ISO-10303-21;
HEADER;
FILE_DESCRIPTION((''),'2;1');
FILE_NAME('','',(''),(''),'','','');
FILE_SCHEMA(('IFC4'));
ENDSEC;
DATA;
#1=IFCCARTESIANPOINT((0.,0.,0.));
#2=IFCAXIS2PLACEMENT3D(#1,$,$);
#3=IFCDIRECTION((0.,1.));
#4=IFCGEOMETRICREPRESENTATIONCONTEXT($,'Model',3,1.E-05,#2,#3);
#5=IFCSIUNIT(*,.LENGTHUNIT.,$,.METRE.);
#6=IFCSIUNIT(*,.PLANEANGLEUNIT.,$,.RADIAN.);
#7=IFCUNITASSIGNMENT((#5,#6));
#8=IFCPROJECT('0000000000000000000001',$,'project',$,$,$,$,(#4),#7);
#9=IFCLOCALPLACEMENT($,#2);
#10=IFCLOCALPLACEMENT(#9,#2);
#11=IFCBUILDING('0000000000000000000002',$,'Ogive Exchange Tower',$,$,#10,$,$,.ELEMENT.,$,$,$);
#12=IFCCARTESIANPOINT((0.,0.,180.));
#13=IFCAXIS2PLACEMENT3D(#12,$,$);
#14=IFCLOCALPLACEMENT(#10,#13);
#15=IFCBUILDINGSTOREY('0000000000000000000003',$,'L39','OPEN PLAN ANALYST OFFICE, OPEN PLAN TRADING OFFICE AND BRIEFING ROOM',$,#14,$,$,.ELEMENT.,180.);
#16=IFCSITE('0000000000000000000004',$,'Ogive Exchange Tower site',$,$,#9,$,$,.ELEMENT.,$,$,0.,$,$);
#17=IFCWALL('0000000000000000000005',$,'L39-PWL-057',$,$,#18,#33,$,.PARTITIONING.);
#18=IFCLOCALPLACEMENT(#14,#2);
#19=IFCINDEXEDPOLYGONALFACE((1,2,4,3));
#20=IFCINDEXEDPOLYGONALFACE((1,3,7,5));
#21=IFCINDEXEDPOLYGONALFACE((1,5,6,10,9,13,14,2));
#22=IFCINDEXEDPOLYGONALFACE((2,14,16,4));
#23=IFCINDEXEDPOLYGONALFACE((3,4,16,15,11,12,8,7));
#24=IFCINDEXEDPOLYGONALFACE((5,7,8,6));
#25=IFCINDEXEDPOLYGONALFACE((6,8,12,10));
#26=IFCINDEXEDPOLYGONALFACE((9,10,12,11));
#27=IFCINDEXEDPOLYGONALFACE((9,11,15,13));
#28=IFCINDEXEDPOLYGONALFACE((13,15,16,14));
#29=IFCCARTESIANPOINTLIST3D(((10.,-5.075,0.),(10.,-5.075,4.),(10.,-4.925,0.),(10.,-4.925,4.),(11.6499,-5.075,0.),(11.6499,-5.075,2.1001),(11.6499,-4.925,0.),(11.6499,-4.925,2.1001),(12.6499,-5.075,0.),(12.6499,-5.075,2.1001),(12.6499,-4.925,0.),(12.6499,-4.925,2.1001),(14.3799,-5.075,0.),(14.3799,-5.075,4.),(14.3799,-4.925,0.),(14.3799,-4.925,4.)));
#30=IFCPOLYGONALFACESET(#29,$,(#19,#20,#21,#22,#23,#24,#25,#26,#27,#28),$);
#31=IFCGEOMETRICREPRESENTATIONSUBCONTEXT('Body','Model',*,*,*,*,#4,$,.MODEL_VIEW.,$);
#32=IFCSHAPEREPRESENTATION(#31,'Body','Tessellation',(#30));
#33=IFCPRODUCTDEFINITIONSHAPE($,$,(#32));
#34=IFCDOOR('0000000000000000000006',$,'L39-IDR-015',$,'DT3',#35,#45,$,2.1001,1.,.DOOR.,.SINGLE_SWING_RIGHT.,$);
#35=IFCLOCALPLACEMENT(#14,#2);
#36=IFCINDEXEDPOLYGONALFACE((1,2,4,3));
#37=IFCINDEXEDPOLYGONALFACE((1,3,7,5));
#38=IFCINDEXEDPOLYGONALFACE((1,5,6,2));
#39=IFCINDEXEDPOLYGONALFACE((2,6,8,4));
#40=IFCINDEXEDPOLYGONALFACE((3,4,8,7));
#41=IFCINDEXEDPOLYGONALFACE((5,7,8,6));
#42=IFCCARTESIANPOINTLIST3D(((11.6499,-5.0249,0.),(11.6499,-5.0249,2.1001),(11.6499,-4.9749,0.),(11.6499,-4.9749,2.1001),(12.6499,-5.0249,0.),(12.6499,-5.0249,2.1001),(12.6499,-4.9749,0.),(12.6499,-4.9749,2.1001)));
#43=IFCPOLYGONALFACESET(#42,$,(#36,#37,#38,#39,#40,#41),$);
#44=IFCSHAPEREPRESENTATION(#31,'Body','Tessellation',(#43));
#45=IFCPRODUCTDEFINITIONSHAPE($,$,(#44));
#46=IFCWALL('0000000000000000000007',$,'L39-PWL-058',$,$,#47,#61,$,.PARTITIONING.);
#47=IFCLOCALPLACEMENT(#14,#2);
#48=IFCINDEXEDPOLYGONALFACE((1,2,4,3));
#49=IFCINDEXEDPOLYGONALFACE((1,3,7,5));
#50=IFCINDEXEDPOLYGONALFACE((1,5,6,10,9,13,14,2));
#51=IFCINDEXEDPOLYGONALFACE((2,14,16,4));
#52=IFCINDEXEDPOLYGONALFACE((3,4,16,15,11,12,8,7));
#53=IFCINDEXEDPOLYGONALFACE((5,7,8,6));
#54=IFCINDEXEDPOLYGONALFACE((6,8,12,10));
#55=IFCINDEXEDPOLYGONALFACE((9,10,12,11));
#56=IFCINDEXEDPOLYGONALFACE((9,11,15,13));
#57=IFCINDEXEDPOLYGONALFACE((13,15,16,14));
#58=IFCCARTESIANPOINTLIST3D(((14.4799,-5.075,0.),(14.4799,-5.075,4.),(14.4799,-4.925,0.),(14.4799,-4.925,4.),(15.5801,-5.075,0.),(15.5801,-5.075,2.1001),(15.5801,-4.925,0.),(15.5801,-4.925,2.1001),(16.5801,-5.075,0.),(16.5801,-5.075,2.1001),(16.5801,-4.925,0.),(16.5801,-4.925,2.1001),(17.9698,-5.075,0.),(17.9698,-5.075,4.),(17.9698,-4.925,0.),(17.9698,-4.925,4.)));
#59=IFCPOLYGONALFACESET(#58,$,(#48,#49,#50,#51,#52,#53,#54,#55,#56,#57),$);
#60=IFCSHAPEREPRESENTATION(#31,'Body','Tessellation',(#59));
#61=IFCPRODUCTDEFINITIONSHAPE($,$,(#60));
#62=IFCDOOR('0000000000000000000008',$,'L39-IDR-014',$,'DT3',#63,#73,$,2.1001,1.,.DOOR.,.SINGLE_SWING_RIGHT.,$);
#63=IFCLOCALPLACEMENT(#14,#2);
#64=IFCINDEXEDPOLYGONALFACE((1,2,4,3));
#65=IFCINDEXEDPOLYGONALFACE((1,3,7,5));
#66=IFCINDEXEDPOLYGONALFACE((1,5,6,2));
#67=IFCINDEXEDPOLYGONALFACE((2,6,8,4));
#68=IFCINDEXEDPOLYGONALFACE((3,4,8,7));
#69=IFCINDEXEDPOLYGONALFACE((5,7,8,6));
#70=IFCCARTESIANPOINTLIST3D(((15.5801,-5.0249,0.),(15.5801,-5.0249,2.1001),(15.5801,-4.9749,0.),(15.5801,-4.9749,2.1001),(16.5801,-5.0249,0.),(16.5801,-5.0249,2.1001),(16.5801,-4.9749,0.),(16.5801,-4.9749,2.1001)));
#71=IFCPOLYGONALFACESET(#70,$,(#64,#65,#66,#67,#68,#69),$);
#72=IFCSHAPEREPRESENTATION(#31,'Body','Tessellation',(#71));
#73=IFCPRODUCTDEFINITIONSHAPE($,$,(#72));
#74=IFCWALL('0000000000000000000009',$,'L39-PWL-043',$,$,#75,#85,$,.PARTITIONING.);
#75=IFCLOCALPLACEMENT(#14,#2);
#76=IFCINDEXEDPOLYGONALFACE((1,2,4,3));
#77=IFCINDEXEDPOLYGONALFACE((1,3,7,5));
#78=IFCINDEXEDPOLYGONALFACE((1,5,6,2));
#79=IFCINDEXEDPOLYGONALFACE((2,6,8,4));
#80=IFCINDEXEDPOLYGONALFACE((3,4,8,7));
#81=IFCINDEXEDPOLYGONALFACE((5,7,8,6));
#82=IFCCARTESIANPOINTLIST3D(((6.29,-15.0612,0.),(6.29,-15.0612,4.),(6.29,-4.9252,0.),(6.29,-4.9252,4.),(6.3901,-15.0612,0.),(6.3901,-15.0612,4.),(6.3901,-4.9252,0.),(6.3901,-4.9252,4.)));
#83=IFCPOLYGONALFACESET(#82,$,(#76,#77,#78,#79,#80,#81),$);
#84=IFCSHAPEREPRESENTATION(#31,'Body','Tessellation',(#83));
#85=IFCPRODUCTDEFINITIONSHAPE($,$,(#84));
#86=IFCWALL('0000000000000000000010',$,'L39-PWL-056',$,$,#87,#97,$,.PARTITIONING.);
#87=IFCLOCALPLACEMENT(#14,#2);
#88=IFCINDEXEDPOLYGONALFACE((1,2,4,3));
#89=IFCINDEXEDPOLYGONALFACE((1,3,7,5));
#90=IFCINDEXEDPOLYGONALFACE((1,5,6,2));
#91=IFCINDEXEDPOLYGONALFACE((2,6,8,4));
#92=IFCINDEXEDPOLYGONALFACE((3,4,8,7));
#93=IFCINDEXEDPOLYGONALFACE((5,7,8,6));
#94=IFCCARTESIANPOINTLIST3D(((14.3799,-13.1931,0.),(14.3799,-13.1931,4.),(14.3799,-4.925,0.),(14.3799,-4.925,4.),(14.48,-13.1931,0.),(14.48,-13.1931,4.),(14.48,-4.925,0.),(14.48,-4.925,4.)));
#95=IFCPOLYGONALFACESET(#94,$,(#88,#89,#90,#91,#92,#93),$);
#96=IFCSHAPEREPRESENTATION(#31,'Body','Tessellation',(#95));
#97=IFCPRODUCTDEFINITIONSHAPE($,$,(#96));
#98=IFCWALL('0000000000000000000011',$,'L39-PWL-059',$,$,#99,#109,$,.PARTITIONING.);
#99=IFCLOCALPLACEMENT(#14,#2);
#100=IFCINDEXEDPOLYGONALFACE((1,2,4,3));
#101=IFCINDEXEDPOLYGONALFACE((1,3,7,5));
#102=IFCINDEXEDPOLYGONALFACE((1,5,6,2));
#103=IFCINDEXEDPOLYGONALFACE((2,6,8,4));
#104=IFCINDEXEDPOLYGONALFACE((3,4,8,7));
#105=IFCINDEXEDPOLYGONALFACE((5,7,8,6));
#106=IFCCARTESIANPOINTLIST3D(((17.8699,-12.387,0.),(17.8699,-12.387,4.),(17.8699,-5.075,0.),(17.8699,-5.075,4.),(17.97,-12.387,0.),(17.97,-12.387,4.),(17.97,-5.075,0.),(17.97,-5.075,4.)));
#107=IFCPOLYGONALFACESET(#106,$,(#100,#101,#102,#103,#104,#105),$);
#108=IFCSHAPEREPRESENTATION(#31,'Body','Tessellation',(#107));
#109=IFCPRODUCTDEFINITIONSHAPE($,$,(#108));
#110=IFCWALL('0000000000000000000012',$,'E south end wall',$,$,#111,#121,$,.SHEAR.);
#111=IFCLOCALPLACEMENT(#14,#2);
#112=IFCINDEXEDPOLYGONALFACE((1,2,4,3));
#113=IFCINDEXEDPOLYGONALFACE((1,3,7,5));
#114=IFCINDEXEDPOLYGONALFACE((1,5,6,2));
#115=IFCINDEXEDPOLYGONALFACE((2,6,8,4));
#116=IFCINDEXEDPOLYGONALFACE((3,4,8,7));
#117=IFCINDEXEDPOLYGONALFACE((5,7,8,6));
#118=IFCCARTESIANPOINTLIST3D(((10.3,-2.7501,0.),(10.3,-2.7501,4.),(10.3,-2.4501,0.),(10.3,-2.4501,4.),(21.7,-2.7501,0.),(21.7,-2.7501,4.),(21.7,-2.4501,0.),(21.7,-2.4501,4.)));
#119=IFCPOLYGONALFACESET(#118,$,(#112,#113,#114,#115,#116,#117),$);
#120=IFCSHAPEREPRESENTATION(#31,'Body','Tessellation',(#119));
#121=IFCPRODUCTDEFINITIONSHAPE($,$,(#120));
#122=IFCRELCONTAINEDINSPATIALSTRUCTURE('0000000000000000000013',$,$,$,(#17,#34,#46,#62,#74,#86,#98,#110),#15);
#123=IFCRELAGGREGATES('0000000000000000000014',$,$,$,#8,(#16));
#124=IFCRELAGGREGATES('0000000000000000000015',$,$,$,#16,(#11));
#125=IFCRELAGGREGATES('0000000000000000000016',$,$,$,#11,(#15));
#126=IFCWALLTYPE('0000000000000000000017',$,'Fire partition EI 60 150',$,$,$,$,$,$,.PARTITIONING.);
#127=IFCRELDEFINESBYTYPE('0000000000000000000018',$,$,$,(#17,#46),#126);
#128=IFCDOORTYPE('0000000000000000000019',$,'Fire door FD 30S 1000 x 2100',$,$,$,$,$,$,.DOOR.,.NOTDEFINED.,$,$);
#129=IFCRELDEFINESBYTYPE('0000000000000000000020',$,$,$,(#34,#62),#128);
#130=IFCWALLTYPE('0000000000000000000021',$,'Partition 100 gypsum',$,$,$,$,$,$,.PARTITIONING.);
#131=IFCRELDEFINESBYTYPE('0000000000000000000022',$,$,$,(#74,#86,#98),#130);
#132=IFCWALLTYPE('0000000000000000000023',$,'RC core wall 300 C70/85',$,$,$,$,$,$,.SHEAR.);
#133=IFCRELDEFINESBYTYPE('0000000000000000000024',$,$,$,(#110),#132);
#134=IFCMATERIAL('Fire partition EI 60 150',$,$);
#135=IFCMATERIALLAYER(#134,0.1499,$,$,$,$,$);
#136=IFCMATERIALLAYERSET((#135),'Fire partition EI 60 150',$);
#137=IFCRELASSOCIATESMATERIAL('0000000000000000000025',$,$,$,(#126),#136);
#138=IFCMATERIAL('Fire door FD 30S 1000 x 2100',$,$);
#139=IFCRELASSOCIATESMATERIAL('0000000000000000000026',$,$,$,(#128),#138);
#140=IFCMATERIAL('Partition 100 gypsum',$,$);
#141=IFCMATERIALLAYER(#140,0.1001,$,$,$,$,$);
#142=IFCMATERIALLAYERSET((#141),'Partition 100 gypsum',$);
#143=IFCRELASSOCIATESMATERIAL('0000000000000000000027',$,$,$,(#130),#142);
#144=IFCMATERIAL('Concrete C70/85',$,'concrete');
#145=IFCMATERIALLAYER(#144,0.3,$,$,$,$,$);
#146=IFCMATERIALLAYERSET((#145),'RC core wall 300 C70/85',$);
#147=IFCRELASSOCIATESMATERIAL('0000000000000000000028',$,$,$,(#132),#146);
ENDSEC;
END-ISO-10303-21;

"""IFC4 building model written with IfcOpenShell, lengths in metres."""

from ifc_helpers import new_model, si_unit, direction, frame, frame_2d, origin, place, context, subcontext, project, spatial, rectangle, extrude, material, layer, layer_set, type_object, element, fill, save


model = new_model("IFC4")

# Units and contexts
model_context = context("Model", 3, precision=1e-05, world=origin(), true_north=direction((0.0, 1.0)))
body_context = subcontext(model_context, "Body", "Model", "MODEL_VIEW")
ifc_project = project(units=[si_unit("LENGTHUNIT", "METRE"), si_unit("PLANEANGLEUNIT", "RADIAN")], contexts=[model_context])

# Site, building, storey
site_placement = place(None, origin())
site = spatial("IfcSite", under=ifc_project, at=site_placement, Name="Ogive Exchange Tower site", CompositionType="ELEMENT", RefElevation=0.0)
building_placement = place(site_placement, origin())
building = spatial("IfcBuilding", under=site, at=building_placement, Name="Ogive Exchange Tower", CompositionType="ELEMENT")
storey_placement = place(building_placement, frame((0.0, 0.0, 180.0)))
storey = spatial("IfcBuildingStorey", under=building, at=storey_placement, Name="L39", Description="OPEN PLAN ANALYST OFFICE, OPEN PLAN TRADING OFFICE AND BRIEFING ROOM", CompositionType="ELEMENT", Elevation=180.0)

# Shared definitions
ifc_material_1 = material(Name="Fire partition EI 60 150")
ifc_layer_1 = layer(ifc_material_1, 0.1499)
ifc_layer_set_1 = layer_set([ifc_layer_1], Name="Fire partition EI 60 150")
wall_type_1 = type_object("IfcWallType", Name="Fire partition EI 60 150", PredefinedType="PARTITIONING", material=ifc_layer_set_1)
ifc_material_2 = material(Name="Fire door FD 30S 1000 x 2100")
door_type_1 = type_object("IfcDoorType", Name="Fire door FD 30S 1000 x 2100", OperationType="NOTDEFINED", PredefinedType="DOOR", material=ifc_material_2)

# Walls, openings, doors
wall_1_placement = place(storey_placement, frame((14.3799, -5.0, 0.0), z_axis=(0.0, 0.0, 1.0), x_axis=(-1.0, 0.0, 0.0)))
wall_1 = element("IfcWall", 1, at=wall_1_placement, inside=storey, type_object=wall_type_1, Name="L39-PWL-057", PredefinedType="PARTITIONING", context=body_context, shape_type="SweptSolid", body=[
    extrude(rectangle(XDim=4.3799, YDim=0.1499, at=frame_2d((2.1899, 0.0))), origin(), (0.0, 0.0, 1.0), 4.0),
])
opening_1_placement = place(wall_1_placement, frame((1.73, 0.0, 0.0)))
opening_1 = element("IfcOpeningElement", 2, at=opening_1_placement, cuts=wall_1, PredefinedType="OPENING", context=body_context, shape_type="SweptSolid", body=[
    extrude(rectangle(XDim=1.0, YDim=2.1001, at=frame_2d((0.5, 1.05))), frame((0.0, 0.085, 0.0), z_axis=(0.0, -1.0, 0.0), x_axis=(1.0, 0.0, 0.0)), (0.0, 0.0, 1.0), 0.1699),
])
door_1_placement = place(opening_1_placement, origin())
door_1 = element("IfcDoor", 3, at=door_1_placement, inside=storey, type_object=door_type_1, Name="L39-IDR-015", ObjectType="DT3", OperationType="SINGLE_SWING_RIGHT", OverallHeight=2.1001, OverallWidth=1.0, PredefinedType="DOOR", context=body_context, shape_type="SweptSolid", body=[
    extrude(rectangle(XDim=1.0, YDim=2.1001, at=frame_2d((0.5, 1.05))), frame((0.0, 0.0249, 0.0), z_axis=(0.0, -1.0, 0.0), x_axis=(1.0, 0.0, 0.0)), (0.0, 0.0, 1.0), 0.05),
])
fill(opening_1, door_1)
wall_2_placement = place(storey_placement, frame((17.97, -5.0, 0.0), z_axis=(0.0, 0.0, 1.0), x_axis=(-1.0, 0.0, 0.0)))
wall_2 = element("IfcWall", 4, at=wall_2_placement, inside=storey, type_object=wall_type_1, Name="L39-PWL-058", PredefinedType="PARTITIONING", context=body_context, shape_type="SweptSolid", body=[
    extrude(rectangle(XDim=3.49, YDim=0.1499, at=frame_2d((1.7451, 0.0))), origin(), (0.0, 0.0, 1.0), 4.0),
])
opening_2_placement = place(wall_2_placement, frame((1.3899, 0.0, 0.0)))
opening_2 = element("IfcOpeningElement", 5, at=opening_2_placement, cuts=wall_2, PredefinedType="OPENING", context=body_context, shape_type="SweptSolid", body=[
    extrude(rectangle(XDim=1.0, YDim=2.1001, at=frame_2d((0.5, 1.05))), frame((0.0, 0.085, 0.0), z_axis=(0.0, -1.0, 0.0), x_axis=(1.0, 0.0, 0.0)), (0.0, 0.0, 1.0), 0.1699),
])
door_2_placement = place(opening_2_placement, origin())
door_2 = element("IfcDoor", 6, at=door_2_placement, inside=storey, type_object=door_type_1, Name="L39-IDR-014", ObjectType="DT3", OperationType="SINGLE_SWING_RIGHT", OverallHeight=2.1001, OverallWidth=1.0, PredefinedType="DOOR", context=body_context, shape_type="SweptSolid", body=[
    extrude(rectangle(XDim=1.0, YDim=2.1001, at=frame_2d((0.5, 1.05))), frame((0.0, 0.0249, 0.0), z_axis=(0.0, -1.0, 0.0), x_axis=(1.0, 0.0, 0.0)), (0.0, 0.0, 1.0), 0.05),
])
fill(opening_2, door_2)

# Walls
ifc_material_3 = material(Name="Partition 100 gypsum")
ifc_layer_2 = layer(ifc_material_3, 0.1001)
ifc_layer_set_2 = layer_set([ifc_layer_2], Name="Partition 100 gypsum")
wall_type_2 = type_object("IfcWallType", Name="Partition 100 gypsum", PredefinedType="PARTITIONING", material=ifc_layer_set_2)
wall_3_placement = place(storey_placement, frame((6.3401, -15.061, 0.0), z_axis=(0.0, 0.0, 1.0), x_axis=(0.0, 1.0, 0.0)))
element("IfcWall", 7, at=wall_3_placement, inside=storey, type_object=wall_type_2, Name="L39-PWL-043", PredefinedType="PARTITIONING", context=body_context, shape_type="SweptSolid", body=[
    extrude(rectangle(XDim=10.136, YDim=0.1001, at=frame_2d((5.0679, 0.0))), origin(), (0.0, 0.0, 1.0), 4.0),
])
wall_4_placement = place(storey_placement, frame((14.4299, -13.1931, 0.0), z_axis=(0.0, 0.0, 1.0), x_axis=(0.0, 1.0, 0.0)))
element("IfcWall", 8, at=wall_4_placement, inside=storey, type_object=wall_type_2, Name="L39-PWL-056", PredefinedType="PARTITIONING", context=body_context, shape_type="SweptSolid", body=[
    extrude(rectangle(XDim=8.2681, YDim=0.1001, at=frame_2d((4.134, 0.0))), origin(), (0.0, 0.0, 1.0), 4.0),
])
wall_5_placement = place(storey_placement, frame((17.9199, -5.075, 0.0), z_axis=(0.0, 0.0, 1.0), x_axis=(0.0, -1.0, 0.0)))
element("IfcWall", 9, at=wall_5_placement, inside=storey, type_object=wall_type_2, Name="L39-PWL-059", PredefinedType="PARTITIONING", context=body_context, shape_type="SweptSolid", body=[
    extrude(rectangle(XDim=7.312, YDim=0.1001, at=frame_2d((3.656, 0.0))), origin(), (0.0, 0.0, 1.0), 4.0),
])
ifc_material_4 = material(Name="Concrete C70/85", Category="concrete")
ifc_layer_3 = layer(ifc_material_4, 0.3)
ifc_layer_set_3 = layer_set([ifc_layer_3], Name="RC core wall 300 C70/85")
wall_type_3 = type_object("IfcWallType", Name="RC core wall 300 C70/85", PredefinedType="SHEAR", material=ifc_layer_set_3)
wall_6_placement = place(storey_placement, frame((10.3, -2.6001, 0.0), z_axis=(0.0, 0.0, 1.0), x_axis=(1.0, 0.0, 0.0)))
element("IfcWall", 10, at=wall_6_placement, inside=storey, type_object=wall_type_3, Name="E south end wall", PredefinedType="SHEAR", context=body_context, shape_type="SweptSolid", body=[
    extrude(rectangle(XDim=11.3999, YDim=0.3, at=frame_2d((5.7, 0.0))), origin(), (0.0, 0.0, 1.0), 4.0),
])

save(model, "model.ifc")
